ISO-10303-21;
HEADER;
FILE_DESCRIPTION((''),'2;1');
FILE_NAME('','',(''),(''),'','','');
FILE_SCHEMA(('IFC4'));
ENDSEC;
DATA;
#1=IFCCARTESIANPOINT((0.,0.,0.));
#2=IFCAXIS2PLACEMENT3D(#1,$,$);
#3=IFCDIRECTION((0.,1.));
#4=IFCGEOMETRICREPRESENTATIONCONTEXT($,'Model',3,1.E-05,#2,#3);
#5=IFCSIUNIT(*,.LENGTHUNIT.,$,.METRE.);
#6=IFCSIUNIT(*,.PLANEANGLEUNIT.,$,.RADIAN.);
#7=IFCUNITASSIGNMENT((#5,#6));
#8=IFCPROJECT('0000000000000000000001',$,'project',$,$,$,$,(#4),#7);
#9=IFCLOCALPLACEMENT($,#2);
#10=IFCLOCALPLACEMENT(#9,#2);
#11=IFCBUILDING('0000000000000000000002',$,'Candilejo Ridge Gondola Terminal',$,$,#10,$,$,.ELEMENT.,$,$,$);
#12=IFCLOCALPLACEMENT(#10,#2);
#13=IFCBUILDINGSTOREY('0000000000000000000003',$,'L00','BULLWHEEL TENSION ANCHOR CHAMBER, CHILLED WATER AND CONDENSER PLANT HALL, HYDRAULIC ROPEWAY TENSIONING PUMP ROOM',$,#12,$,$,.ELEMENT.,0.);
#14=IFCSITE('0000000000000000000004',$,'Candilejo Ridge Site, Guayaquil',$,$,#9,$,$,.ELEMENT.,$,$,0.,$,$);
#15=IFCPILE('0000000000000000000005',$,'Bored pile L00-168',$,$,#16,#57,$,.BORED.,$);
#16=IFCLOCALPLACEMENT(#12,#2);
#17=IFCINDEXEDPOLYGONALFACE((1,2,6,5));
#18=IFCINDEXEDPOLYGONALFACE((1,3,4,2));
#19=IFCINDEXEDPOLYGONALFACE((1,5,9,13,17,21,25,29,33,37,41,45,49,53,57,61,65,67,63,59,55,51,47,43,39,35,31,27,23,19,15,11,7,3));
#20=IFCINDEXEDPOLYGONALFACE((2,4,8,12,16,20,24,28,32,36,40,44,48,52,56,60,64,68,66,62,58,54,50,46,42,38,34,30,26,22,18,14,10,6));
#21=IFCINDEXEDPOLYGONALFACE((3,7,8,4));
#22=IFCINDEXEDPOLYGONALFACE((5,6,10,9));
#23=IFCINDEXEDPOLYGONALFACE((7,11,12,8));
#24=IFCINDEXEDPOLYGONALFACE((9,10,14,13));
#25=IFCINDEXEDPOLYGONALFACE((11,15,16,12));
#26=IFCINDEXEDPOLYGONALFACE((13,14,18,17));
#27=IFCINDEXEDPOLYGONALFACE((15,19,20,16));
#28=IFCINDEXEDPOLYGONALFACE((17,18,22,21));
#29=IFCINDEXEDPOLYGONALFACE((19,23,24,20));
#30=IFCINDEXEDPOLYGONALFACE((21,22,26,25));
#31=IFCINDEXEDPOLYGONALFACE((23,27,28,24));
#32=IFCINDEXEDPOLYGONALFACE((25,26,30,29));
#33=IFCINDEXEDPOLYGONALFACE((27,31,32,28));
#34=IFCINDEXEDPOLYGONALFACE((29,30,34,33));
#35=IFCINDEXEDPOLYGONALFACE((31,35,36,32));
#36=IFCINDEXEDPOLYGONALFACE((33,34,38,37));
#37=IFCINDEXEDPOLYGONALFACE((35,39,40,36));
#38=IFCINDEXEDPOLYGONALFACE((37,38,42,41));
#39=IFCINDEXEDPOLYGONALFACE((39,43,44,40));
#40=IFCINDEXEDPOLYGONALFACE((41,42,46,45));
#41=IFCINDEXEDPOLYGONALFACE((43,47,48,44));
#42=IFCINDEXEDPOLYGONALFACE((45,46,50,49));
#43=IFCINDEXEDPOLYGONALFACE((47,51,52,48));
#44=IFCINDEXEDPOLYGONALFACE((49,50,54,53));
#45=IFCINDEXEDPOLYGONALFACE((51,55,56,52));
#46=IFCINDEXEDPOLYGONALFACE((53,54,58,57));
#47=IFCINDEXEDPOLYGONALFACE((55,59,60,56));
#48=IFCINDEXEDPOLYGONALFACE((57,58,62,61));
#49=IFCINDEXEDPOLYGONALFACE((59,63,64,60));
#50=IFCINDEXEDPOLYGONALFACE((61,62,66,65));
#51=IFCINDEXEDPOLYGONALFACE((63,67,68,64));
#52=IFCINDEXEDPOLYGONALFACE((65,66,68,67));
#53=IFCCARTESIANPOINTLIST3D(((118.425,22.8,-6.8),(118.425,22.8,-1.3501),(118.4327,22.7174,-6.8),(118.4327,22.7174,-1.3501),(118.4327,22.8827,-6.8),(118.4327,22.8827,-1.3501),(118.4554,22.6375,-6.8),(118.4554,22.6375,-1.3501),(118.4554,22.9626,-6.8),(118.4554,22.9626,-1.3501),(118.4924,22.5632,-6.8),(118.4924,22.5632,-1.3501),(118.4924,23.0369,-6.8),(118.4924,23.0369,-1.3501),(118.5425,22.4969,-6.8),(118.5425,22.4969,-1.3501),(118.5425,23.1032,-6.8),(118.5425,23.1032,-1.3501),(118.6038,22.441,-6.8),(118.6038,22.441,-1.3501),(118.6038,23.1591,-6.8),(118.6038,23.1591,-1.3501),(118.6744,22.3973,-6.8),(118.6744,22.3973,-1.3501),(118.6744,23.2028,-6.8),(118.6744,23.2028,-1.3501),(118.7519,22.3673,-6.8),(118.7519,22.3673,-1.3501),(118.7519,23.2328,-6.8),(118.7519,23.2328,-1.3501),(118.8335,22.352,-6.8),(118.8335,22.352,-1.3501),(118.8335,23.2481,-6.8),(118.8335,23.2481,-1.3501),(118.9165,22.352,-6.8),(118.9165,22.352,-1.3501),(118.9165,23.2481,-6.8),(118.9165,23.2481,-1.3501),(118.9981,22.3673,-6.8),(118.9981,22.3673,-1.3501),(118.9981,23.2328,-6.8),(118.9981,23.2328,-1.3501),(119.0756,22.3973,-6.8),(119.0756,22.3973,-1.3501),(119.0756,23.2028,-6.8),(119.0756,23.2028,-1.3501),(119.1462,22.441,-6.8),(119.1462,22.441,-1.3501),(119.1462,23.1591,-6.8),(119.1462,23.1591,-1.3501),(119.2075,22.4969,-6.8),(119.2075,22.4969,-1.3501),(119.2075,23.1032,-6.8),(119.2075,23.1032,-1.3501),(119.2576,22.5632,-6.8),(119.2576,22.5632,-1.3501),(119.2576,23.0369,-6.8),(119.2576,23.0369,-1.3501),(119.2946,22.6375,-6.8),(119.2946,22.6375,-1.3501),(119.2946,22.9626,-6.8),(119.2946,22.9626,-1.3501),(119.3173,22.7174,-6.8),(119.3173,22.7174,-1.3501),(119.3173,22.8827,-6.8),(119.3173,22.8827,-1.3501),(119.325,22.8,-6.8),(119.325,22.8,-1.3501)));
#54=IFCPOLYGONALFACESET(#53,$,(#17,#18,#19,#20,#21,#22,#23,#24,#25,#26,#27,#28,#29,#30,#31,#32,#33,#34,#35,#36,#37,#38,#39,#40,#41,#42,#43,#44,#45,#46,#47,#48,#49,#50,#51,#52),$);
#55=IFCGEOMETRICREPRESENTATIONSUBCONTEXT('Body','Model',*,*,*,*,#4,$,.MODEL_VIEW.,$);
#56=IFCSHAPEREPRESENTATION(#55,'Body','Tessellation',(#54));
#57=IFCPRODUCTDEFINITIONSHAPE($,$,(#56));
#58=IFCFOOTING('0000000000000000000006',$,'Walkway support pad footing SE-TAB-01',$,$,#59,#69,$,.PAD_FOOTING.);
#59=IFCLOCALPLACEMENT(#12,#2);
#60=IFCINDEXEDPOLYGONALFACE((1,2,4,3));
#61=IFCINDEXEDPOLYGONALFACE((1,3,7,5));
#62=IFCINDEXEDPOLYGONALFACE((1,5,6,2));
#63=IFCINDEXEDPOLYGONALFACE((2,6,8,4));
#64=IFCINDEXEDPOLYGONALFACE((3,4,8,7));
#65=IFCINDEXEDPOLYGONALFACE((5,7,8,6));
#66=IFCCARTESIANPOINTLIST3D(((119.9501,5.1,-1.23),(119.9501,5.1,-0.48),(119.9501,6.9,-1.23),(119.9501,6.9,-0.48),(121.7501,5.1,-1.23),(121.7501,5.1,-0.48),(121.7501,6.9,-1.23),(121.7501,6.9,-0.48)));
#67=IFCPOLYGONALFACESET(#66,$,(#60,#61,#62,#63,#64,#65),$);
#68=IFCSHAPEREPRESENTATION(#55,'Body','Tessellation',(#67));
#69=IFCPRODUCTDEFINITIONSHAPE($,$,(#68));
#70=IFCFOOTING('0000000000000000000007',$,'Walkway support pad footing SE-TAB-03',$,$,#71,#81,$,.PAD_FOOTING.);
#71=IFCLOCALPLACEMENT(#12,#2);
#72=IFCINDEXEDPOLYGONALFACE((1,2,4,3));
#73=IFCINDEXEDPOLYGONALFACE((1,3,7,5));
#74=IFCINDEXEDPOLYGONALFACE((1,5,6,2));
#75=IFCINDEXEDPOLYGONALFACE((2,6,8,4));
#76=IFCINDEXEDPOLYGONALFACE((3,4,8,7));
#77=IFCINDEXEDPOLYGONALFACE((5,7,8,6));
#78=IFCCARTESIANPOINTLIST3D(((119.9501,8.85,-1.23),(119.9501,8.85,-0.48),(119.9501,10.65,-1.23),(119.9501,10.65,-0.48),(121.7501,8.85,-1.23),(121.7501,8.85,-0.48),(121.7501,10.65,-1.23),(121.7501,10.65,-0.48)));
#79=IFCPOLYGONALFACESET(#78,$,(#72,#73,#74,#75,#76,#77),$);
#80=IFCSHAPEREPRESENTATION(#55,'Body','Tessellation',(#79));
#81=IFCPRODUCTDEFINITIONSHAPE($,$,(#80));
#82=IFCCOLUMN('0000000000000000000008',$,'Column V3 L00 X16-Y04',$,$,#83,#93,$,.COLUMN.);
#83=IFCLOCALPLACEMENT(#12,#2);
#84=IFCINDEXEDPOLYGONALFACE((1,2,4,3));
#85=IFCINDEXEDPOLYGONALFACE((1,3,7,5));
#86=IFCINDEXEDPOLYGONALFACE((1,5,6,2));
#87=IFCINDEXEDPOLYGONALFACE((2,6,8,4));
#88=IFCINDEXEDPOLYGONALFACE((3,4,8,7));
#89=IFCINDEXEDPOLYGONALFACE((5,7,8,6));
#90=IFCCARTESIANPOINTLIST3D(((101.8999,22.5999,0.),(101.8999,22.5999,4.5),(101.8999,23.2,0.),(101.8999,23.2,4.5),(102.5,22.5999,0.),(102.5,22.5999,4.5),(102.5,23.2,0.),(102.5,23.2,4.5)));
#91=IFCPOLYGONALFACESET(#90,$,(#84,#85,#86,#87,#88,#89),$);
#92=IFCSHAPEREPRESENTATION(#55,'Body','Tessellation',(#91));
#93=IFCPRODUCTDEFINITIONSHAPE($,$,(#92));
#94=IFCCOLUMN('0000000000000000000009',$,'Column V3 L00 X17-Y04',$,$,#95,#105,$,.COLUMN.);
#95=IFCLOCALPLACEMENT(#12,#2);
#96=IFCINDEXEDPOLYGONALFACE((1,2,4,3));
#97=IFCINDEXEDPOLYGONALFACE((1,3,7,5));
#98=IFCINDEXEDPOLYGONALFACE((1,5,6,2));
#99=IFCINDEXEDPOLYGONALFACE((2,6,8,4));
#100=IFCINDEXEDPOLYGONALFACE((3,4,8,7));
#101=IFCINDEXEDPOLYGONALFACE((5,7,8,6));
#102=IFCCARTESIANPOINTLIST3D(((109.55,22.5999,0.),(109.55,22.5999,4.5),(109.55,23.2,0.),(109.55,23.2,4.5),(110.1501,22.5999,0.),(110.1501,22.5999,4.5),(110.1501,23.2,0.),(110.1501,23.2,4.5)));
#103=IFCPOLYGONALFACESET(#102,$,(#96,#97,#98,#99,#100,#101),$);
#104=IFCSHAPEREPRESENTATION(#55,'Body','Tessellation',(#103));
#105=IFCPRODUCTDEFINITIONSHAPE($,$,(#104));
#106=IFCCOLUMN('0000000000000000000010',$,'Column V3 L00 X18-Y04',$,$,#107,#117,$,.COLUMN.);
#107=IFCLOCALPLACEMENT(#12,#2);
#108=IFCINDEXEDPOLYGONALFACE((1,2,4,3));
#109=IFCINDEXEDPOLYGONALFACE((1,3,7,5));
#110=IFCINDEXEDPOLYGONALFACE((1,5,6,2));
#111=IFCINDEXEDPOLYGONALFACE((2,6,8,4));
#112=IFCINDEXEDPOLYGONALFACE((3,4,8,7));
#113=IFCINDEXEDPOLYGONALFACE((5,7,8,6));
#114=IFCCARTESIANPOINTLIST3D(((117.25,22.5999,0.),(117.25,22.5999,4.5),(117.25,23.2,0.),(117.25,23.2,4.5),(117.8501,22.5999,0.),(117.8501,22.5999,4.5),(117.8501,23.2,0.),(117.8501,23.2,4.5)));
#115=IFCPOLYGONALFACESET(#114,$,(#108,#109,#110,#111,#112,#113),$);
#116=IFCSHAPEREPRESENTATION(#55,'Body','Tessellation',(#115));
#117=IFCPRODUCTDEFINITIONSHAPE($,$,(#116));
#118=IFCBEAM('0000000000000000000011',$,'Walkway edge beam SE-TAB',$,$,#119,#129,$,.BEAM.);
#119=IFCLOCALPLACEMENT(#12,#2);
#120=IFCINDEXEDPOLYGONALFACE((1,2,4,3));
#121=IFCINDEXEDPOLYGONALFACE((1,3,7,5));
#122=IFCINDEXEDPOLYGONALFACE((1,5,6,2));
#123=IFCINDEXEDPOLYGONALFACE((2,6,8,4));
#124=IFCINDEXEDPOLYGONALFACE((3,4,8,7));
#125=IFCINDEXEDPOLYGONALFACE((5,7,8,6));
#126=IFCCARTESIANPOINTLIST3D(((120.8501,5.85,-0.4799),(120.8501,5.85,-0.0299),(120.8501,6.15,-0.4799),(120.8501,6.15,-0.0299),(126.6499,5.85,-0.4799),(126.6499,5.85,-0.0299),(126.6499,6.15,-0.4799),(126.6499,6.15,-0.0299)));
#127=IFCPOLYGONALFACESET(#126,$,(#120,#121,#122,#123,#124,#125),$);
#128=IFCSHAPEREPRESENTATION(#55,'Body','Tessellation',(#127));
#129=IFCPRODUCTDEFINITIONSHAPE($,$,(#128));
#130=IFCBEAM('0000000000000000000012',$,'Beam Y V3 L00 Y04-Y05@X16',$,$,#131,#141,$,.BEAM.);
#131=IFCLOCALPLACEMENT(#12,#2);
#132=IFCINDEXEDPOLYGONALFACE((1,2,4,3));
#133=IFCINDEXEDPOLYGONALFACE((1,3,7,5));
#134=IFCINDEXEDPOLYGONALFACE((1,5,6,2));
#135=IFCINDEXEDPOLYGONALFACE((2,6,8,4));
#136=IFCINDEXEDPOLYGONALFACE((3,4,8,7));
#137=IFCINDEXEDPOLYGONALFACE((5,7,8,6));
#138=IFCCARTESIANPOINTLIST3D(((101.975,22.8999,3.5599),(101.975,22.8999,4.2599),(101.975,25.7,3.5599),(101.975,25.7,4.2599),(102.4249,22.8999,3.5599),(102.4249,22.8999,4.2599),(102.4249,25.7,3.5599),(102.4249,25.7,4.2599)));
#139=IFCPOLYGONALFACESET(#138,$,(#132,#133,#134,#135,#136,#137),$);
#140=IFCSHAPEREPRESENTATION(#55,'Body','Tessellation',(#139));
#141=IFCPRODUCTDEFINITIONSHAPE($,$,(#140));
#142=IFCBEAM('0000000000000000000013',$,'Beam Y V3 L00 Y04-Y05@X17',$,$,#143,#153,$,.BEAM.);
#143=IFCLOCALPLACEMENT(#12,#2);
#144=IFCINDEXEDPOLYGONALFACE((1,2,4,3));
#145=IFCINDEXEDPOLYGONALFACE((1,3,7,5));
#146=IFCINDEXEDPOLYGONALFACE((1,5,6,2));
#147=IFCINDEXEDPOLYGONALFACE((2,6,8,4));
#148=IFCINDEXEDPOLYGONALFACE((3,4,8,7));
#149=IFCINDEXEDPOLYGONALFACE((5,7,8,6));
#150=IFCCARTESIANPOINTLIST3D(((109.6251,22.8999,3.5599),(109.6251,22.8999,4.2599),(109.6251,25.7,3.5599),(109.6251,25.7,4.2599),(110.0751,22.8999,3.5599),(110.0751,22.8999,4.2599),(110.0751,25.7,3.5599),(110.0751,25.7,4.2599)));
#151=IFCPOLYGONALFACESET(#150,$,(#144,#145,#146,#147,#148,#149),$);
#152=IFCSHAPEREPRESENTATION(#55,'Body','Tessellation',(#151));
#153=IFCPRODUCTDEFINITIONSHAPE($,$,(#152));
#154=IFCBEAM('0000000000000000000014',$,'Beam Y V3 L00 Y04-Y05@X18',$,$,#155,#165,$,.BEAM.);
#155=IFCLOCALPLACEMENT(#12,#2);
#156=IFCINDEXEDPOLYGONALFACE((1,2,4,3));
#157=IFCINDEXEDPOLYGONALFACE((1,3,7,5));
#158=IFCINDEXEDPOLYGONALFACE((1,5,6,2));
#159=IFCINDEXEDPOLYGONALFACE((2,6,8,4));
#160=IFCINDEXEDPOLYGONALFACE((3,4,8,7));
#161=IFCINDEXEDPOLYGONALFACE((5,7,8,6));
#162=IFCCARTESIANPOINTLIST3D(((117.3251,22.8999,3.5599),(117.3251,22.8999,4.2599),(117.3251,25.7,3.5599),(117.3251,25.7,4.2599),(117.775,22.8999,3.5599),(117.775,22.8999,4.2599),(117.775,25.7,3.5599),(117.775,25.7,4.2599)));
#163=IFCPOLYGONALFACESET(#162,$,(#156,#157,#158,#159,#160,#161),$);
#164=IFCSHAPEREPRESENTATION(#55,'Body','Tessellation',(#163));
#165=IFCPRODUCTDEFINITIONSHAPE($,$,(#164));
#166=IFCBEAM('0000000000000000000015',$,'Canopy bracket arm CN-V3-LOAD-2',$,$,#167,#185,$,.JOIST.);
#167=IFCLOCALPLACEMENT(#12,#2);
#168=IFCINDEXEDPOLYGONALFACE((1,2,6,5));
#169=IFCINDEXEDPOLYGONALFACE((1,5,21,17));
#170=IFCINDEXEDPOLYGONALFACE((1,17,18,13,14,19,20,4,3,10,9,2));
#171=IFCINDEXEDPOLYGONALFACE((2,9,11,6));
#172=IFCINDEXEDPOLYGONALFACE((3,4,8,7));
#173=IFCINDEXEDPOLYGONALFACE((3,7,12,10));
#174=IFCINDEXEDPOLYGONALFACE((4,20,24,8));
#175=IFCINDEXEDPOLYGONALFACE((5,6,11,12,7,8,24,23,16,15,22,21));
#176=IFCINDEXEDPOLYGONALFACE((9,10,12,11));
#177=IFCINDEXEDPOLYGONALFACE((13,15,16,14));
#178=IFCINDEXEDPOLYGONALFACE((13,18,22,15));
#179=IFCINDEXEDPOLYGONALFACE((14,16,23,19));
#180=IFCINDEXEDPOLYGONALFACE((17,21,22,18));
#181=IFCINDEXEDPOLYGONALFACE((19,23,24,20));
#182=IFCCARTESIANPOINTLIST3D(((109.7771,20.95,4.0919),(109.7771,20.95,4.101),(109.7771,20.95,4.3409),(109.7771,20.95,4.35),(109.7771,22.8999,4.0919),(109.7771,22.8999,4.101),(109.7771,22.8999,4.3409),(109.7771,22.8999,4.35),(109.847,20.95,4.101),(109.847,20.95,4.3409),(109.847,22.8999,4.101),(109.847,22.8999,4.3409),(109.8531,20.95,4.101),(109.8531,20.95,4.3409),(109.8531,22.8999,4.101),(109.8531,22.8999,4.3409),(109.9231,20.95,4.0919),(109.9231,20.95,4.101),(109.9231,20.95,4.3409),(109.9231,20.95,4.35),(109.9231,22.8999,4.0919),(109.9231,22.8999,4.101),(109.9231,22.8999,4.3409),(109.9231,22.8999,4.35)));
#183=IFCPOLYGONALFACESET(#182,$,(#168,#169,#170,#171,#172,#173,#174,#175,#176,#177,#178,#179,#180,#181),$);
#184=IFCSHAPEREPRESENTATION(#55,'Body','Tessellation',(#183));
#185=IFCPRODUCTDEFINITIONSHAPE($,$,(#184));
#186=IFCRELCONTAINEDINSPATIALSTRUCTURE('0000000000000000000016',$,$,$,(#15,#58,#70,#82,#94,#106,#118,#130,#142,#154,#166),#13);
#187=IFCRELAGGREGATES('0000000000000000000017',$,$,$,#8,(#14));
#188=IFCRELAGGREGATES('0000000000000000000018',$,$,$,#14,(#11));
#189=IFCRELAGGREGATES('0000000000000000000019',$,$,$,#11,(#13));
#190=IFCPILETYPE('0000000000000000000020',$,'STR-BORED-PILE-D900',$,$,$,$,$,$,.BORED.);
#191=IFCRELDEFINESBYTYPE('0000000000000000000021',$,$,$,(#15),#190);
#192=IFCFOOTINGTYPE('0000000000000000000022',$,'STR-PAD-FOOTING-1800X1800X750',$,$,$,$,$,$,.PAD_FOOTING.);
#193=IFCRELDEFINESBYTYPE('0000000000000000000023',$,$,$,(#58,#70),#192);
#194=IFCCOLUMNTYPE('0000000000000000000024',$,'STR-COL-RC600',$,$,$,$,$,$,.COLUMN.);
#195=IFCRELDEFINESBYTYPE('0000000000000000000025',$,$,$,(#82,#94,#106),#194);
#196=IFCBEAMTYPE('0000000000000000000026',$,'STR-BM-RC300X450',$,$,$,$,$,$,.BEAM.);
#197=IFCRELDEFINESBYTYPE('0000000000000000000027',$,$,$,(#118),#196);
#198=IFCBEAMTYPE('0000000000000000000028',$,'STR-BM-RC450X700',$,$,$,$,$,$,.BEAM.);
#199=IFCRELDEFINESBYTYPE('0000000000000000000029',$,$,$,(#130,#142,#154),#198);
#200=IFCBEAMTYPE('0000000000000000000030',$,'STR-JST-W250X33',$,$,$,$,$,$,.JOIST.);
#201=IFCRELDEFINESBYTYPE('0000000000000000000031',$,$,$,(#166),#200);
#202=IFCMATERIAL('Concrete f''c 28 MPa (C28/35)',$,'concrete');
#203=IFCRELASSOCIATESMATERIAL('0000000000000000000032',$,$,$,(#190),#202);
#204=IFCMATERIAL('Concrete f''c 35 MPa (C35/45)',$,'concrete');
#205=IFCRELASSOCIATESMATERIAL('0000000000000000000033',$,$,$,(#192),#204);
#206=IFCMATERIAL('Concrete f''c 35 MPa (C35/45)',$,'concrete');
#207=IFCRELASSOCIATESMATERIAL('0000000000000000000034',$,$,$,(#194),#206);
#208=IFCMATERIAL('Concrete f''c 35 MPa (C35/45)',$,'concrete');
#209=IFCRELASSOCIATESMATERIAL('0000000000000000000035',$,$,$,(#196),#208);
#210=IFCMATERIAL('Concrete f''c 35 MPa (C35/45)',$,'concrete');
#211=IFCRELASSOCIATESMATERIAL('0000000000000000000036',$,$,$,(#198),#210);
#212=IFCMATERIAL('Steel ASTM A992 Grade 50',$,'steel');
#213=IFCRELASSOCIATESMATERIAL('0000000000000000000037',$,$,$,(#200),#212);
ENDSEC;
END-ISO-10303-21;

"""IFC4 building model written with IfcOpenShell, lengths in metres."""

from ifc_helpers import new_model, si_unit, direction, frame, origin, origin_2d, place, context, subcontext, project, spatial, rectangle, circle, i_section, extrude, material, material_profile, profile_set, type_object, element, save


model = new_model("IFC4")

# Units and contexts
model_context = context("Model", 3, precision=1e-05, world=origin(), true_north=direction((0.0, 1.0)))
body_context = subcontext(model_context, "Body", "Model", "MODEL_VIEW")
ifc_project = project(units=[si_unit("LENGTHUNIT", "METRE"), si_unit("PLANEANGLEUNIT", "RADIAN")], contexts=[model_context])

# Site, building, storey
site_placement = place(None, origin())
site = spatial("IfcSite", under=ifc_project, at=site_placement, Name="Candilejo Ridge Site, Guayaquil", CompositionType="ELEMENT", RefElevation=0.0)
building_placement = place(site_placement, origin())
building = spatial("IfcBuilding", under=site, at=building_placement, Name="Candilejo Ridge Gondola Terminal", CompositionType="ELEMENT")
storey_placement = place(building_placement, origin())
storey = spatial("IfcBuildingStorey", under=building, at=storey_placement, Name="L00", Description="BULLWHEEL TENSION ANCHOR CHAMBER, CHILLED WATER AND CONDENSER PLANT HALL, HYDRAULIC ROPEWAY TENSIONING PUMP ROOM", CompositionType="ELEMENT", Elevation=0.0)

# Pile
ifc_material_1 = material(Name="Concrete f'c 28 MPa (C28/35)", Category="concrete")
ifc_material_profile_1 = material_profile(ifc_material_1, circle(Radius=0.45, at=origin_2d()))
ifc_profile_set_1 = profile_set([ifc_material_profile_1], Name="Concrete f'c 28 MPa (C28/35)")
pile_type = type_object("IfcPileType", Name="STR-BORED-PILE-D900", PredefinedType="BORED", material=ifc_profile_set_1)
for number, where, z_axis, x_axis, name in (
    (1, (118.875, 22.8, -1.3501), (0.0, 0.0, -1.0), (1.0, 0.0, 0.0), "Bored pile L00-168"),
):
    element("IfcPile", number, at=place(storey_placement, frame(where, z_axis=z_axis, x_axis=x_axis)), inside=storey, type_object=pile_type, Name=name, PredefinedType="BORED", context=body_context, shape_type="SweptSolid", body=[
        extrude(circle(Radius=0.45, at=origin_2d()), origin(), (0.0, 0.0, 1.0), 5.45),
    ])

# Footings
ifc_material_2 = material(Name="Concrete f'c 35 MPa (C35/45)", Category="concrete")
footing_type = type_object("IfcFootingType", Name="STR-PAD-FOOTING-1800X1800X750", PredefinedType="PAD_FOOTING", material=ifc_material_2)
for number, where, z_axis, x_axis, name in (
    (2, (120.8501, 6.0, -1.23), (0.0, 0.0, 1.0), (1.0, 0.0, 0.0), "Walkway support pad footing SE-TAB-01"),
    (3, (120.8501, 9.75, -1.23), (0.0, 0.0, 1.0), (1.0, 0.0, 0.0), "Walkway support pad footing SE-TAB-03"),
):
    element("IfcFooting", number, at=place(storey_placement, frame(where, z_axis=z_axis, x_axis=x_axis)), inside=storey, type_object=footing_type, Name=name, PredefinedType="PAD_FOOTING", context=body_context, shape_type="SweptSolid", body=[
        extrude(rectangle(XDim=1.8, YDim=1.8, at=origin_2d()), origin(), (0.0, 0.0, 1.0), 0.75),
    ])

# Columns
ifc_material_3 = material(Name="Concrete f'c 35 MPa (C35/45)", Category="concrete")
ifc_material_profile_2 = material_profile(ifc_material_3, rectangle(XDim=0.6001, YDim=0.6001, at=origin_2d()))
ifc_profile_set_2 = profile_set([ifc_material_profile_2], Name="Concrete f'c 35 MPa (C35/45)")
column_type = type_object("IfcColumnType", Name="STR-COL-RC600", PredefinedType="COLUMN", material=ifc_profile_set_2)
for number, where, z_axis, x_axis, name in (
    (4, (102.2, 22.8999, 0.0), (0.0, 0.0, 1.0), (1.0, 0.0, 0.0), "Column V3 L00 X16-Y04"),
    (5, (109.8501, 22.8999, 0.0), (0.0, 0.0, 1.0), (1.0, 0.0, 0.0), "Column V3 L00 X17-Y04"),
    (6, (117.55, 22.8999, 0.0), (0.0, 0.0, 1.0), (1.0, 0.0, 0.0), "Column V3 L00 X18-Y04"),
):
    element("IfcColumn", number, at=place(storey_placement, frame(where, z_axis=z_axis, x_axis=x_axis)), inside=storey, type_object=column_type, Name=name, PredefinedType="COLUMN", context=body_context, shape_type="SweptSolid", body=[
        extrude(rectangle(XDim=0.6001, YDim=0.6001, at=origin_2d()), origin(), (0.0, 0.0, 1.0), 4.5),
    ])

# Beams
ifc_material_4 = material(Name="Concrete f'c 35 MPa (C35/45)", Category="concrete")
ifc_material_profile_3 = material_profile(ifc_material_4, rectangle(XDim=0.3, YDim=0.45, at=origin_2d()))
ifc_profile_set_3 = profile_set([ifc_material_profile_3], Name="Concrete f'c 35 MPa (C35/45)")
beam_type_1 = type_object("IfcBeamType", Name="STR-BM-RC300X450", PredefinedType="BEAM", material=ifc_profile_set_3)
beam_1_placement = place(storey_placement, frame((120.8501, 6.0, -0.2549), z_axis=(1.0, 0.0, 0.0), x_axis=(0.0, 1.0, 0.0)))
element("IfcBeam", 7, at=beam_1_placement, inside=storey, type_object=beam_type_1, Name="Walkway edge beam SE-TAB", PredefinedType="BEAM", context=body_context, shape_type="SweptSolid", body=[
    extrude(rectangle(XDim=0.3, YDim=0.45, at=origin_2d()), origin(), (0.0, 0.0, 1.0), 5.7998),
])
ifc_material_5 = material(Name="Concrete f'c 35 MPa (C35/45)", Category="concrete")
ifc_material_profile_4 = material_profile(ifc_material_5, rectangle(XDim=0.45, YDim=0.7, at=origin_2d()))
ifc_profile_set_4 = profile_set([ifc_material_profile_4], Name="Concrete f'c 35 MPa (C35/45)")
beam_type_2 = type_object("IfcBeamType", Name="STR-BM-RC450X700", PredefinedType="BEAM", material=ifc_profile_set_4)
for number, where, z_axis, x_axis, name in (
    (8, (102.2, 22.8999, 3.9099), (0.0, 1.0, 0.0), (-1.0, 0.0, 0.0), "Beam Y V3 L00 Y04-Y05@X16"),
    (9, (109.8501, 22.8999, 3.9099), (0.0, 1.0, 0.0), (-1.0, 0.0, 0.0), "Beam Y V3 L00 Y04-Y05@X17"),
    (10, (117.55, 22.8999, 3.9099), (0.0, 1.0, 0.0), (-1.0, 0.0, 0.0), "Beam Y V3 L00 Y04-Y05@X18"),
):
    element("IfcBeam", number, at=place(storey_placement, frame(where, z_axis=z_axis, x_axis=x_axis)), inside=storey, type_object=beam_type_2, Name=name, PredefinedType="BEAM", context=body_context, shape_type="SweptSolid", body=[
        extrude(rectangle(XDim=0.45, YDim=0.7, at=origin_2d()), origin(), (0.0, 0.0, 1.0), 2.8),
    ])
ifc_material_6 = material(Name="Steel ASTM A992 Grade 50", Category="steel")
ifc_material_profile_5 = material_profile(ifc_material_6, i_section(OverallWidth=0.146, OverallDepth=0.2581, WebThickness=0.0061, FlangeThickness=0.009, at=origin_2d()))
ifc_profile_set_5 = profile_set([ifc_material_profile_5], Name="Steel ASTM A992 Grade 50")
beam_type_3 = type_object("IfcBeamType", Name="STR-JST-W250X33", PredefinedType="JOIST", material=ifc_profile_set_5)
beam_2_placement = place(storey_placement, frame((109.8501, 20.95, 4.2209), z_axis=(0.0, 1.0, 0.0), x_axis=(-1.0, 0.0, 0.0)))
element("IfcBeam", 11, at=beam_2_placement, inside=storey, type_object=beam_type_3, Name="Canopy bracket arm CN-V3-LOAD-2", PredefinedType="JOIST", context=body_context, shape_type="SweptSolid", body=[
    extrude(i_section(OverallWidth=0.146, OverallDepth=0.2581, WebThickness=0.0061, FlangeThickness=0.009, at=origin_2d()), origin(), (0.0, 0.0, 1.0), 1.95),
])

save(model, "model.ifc")
